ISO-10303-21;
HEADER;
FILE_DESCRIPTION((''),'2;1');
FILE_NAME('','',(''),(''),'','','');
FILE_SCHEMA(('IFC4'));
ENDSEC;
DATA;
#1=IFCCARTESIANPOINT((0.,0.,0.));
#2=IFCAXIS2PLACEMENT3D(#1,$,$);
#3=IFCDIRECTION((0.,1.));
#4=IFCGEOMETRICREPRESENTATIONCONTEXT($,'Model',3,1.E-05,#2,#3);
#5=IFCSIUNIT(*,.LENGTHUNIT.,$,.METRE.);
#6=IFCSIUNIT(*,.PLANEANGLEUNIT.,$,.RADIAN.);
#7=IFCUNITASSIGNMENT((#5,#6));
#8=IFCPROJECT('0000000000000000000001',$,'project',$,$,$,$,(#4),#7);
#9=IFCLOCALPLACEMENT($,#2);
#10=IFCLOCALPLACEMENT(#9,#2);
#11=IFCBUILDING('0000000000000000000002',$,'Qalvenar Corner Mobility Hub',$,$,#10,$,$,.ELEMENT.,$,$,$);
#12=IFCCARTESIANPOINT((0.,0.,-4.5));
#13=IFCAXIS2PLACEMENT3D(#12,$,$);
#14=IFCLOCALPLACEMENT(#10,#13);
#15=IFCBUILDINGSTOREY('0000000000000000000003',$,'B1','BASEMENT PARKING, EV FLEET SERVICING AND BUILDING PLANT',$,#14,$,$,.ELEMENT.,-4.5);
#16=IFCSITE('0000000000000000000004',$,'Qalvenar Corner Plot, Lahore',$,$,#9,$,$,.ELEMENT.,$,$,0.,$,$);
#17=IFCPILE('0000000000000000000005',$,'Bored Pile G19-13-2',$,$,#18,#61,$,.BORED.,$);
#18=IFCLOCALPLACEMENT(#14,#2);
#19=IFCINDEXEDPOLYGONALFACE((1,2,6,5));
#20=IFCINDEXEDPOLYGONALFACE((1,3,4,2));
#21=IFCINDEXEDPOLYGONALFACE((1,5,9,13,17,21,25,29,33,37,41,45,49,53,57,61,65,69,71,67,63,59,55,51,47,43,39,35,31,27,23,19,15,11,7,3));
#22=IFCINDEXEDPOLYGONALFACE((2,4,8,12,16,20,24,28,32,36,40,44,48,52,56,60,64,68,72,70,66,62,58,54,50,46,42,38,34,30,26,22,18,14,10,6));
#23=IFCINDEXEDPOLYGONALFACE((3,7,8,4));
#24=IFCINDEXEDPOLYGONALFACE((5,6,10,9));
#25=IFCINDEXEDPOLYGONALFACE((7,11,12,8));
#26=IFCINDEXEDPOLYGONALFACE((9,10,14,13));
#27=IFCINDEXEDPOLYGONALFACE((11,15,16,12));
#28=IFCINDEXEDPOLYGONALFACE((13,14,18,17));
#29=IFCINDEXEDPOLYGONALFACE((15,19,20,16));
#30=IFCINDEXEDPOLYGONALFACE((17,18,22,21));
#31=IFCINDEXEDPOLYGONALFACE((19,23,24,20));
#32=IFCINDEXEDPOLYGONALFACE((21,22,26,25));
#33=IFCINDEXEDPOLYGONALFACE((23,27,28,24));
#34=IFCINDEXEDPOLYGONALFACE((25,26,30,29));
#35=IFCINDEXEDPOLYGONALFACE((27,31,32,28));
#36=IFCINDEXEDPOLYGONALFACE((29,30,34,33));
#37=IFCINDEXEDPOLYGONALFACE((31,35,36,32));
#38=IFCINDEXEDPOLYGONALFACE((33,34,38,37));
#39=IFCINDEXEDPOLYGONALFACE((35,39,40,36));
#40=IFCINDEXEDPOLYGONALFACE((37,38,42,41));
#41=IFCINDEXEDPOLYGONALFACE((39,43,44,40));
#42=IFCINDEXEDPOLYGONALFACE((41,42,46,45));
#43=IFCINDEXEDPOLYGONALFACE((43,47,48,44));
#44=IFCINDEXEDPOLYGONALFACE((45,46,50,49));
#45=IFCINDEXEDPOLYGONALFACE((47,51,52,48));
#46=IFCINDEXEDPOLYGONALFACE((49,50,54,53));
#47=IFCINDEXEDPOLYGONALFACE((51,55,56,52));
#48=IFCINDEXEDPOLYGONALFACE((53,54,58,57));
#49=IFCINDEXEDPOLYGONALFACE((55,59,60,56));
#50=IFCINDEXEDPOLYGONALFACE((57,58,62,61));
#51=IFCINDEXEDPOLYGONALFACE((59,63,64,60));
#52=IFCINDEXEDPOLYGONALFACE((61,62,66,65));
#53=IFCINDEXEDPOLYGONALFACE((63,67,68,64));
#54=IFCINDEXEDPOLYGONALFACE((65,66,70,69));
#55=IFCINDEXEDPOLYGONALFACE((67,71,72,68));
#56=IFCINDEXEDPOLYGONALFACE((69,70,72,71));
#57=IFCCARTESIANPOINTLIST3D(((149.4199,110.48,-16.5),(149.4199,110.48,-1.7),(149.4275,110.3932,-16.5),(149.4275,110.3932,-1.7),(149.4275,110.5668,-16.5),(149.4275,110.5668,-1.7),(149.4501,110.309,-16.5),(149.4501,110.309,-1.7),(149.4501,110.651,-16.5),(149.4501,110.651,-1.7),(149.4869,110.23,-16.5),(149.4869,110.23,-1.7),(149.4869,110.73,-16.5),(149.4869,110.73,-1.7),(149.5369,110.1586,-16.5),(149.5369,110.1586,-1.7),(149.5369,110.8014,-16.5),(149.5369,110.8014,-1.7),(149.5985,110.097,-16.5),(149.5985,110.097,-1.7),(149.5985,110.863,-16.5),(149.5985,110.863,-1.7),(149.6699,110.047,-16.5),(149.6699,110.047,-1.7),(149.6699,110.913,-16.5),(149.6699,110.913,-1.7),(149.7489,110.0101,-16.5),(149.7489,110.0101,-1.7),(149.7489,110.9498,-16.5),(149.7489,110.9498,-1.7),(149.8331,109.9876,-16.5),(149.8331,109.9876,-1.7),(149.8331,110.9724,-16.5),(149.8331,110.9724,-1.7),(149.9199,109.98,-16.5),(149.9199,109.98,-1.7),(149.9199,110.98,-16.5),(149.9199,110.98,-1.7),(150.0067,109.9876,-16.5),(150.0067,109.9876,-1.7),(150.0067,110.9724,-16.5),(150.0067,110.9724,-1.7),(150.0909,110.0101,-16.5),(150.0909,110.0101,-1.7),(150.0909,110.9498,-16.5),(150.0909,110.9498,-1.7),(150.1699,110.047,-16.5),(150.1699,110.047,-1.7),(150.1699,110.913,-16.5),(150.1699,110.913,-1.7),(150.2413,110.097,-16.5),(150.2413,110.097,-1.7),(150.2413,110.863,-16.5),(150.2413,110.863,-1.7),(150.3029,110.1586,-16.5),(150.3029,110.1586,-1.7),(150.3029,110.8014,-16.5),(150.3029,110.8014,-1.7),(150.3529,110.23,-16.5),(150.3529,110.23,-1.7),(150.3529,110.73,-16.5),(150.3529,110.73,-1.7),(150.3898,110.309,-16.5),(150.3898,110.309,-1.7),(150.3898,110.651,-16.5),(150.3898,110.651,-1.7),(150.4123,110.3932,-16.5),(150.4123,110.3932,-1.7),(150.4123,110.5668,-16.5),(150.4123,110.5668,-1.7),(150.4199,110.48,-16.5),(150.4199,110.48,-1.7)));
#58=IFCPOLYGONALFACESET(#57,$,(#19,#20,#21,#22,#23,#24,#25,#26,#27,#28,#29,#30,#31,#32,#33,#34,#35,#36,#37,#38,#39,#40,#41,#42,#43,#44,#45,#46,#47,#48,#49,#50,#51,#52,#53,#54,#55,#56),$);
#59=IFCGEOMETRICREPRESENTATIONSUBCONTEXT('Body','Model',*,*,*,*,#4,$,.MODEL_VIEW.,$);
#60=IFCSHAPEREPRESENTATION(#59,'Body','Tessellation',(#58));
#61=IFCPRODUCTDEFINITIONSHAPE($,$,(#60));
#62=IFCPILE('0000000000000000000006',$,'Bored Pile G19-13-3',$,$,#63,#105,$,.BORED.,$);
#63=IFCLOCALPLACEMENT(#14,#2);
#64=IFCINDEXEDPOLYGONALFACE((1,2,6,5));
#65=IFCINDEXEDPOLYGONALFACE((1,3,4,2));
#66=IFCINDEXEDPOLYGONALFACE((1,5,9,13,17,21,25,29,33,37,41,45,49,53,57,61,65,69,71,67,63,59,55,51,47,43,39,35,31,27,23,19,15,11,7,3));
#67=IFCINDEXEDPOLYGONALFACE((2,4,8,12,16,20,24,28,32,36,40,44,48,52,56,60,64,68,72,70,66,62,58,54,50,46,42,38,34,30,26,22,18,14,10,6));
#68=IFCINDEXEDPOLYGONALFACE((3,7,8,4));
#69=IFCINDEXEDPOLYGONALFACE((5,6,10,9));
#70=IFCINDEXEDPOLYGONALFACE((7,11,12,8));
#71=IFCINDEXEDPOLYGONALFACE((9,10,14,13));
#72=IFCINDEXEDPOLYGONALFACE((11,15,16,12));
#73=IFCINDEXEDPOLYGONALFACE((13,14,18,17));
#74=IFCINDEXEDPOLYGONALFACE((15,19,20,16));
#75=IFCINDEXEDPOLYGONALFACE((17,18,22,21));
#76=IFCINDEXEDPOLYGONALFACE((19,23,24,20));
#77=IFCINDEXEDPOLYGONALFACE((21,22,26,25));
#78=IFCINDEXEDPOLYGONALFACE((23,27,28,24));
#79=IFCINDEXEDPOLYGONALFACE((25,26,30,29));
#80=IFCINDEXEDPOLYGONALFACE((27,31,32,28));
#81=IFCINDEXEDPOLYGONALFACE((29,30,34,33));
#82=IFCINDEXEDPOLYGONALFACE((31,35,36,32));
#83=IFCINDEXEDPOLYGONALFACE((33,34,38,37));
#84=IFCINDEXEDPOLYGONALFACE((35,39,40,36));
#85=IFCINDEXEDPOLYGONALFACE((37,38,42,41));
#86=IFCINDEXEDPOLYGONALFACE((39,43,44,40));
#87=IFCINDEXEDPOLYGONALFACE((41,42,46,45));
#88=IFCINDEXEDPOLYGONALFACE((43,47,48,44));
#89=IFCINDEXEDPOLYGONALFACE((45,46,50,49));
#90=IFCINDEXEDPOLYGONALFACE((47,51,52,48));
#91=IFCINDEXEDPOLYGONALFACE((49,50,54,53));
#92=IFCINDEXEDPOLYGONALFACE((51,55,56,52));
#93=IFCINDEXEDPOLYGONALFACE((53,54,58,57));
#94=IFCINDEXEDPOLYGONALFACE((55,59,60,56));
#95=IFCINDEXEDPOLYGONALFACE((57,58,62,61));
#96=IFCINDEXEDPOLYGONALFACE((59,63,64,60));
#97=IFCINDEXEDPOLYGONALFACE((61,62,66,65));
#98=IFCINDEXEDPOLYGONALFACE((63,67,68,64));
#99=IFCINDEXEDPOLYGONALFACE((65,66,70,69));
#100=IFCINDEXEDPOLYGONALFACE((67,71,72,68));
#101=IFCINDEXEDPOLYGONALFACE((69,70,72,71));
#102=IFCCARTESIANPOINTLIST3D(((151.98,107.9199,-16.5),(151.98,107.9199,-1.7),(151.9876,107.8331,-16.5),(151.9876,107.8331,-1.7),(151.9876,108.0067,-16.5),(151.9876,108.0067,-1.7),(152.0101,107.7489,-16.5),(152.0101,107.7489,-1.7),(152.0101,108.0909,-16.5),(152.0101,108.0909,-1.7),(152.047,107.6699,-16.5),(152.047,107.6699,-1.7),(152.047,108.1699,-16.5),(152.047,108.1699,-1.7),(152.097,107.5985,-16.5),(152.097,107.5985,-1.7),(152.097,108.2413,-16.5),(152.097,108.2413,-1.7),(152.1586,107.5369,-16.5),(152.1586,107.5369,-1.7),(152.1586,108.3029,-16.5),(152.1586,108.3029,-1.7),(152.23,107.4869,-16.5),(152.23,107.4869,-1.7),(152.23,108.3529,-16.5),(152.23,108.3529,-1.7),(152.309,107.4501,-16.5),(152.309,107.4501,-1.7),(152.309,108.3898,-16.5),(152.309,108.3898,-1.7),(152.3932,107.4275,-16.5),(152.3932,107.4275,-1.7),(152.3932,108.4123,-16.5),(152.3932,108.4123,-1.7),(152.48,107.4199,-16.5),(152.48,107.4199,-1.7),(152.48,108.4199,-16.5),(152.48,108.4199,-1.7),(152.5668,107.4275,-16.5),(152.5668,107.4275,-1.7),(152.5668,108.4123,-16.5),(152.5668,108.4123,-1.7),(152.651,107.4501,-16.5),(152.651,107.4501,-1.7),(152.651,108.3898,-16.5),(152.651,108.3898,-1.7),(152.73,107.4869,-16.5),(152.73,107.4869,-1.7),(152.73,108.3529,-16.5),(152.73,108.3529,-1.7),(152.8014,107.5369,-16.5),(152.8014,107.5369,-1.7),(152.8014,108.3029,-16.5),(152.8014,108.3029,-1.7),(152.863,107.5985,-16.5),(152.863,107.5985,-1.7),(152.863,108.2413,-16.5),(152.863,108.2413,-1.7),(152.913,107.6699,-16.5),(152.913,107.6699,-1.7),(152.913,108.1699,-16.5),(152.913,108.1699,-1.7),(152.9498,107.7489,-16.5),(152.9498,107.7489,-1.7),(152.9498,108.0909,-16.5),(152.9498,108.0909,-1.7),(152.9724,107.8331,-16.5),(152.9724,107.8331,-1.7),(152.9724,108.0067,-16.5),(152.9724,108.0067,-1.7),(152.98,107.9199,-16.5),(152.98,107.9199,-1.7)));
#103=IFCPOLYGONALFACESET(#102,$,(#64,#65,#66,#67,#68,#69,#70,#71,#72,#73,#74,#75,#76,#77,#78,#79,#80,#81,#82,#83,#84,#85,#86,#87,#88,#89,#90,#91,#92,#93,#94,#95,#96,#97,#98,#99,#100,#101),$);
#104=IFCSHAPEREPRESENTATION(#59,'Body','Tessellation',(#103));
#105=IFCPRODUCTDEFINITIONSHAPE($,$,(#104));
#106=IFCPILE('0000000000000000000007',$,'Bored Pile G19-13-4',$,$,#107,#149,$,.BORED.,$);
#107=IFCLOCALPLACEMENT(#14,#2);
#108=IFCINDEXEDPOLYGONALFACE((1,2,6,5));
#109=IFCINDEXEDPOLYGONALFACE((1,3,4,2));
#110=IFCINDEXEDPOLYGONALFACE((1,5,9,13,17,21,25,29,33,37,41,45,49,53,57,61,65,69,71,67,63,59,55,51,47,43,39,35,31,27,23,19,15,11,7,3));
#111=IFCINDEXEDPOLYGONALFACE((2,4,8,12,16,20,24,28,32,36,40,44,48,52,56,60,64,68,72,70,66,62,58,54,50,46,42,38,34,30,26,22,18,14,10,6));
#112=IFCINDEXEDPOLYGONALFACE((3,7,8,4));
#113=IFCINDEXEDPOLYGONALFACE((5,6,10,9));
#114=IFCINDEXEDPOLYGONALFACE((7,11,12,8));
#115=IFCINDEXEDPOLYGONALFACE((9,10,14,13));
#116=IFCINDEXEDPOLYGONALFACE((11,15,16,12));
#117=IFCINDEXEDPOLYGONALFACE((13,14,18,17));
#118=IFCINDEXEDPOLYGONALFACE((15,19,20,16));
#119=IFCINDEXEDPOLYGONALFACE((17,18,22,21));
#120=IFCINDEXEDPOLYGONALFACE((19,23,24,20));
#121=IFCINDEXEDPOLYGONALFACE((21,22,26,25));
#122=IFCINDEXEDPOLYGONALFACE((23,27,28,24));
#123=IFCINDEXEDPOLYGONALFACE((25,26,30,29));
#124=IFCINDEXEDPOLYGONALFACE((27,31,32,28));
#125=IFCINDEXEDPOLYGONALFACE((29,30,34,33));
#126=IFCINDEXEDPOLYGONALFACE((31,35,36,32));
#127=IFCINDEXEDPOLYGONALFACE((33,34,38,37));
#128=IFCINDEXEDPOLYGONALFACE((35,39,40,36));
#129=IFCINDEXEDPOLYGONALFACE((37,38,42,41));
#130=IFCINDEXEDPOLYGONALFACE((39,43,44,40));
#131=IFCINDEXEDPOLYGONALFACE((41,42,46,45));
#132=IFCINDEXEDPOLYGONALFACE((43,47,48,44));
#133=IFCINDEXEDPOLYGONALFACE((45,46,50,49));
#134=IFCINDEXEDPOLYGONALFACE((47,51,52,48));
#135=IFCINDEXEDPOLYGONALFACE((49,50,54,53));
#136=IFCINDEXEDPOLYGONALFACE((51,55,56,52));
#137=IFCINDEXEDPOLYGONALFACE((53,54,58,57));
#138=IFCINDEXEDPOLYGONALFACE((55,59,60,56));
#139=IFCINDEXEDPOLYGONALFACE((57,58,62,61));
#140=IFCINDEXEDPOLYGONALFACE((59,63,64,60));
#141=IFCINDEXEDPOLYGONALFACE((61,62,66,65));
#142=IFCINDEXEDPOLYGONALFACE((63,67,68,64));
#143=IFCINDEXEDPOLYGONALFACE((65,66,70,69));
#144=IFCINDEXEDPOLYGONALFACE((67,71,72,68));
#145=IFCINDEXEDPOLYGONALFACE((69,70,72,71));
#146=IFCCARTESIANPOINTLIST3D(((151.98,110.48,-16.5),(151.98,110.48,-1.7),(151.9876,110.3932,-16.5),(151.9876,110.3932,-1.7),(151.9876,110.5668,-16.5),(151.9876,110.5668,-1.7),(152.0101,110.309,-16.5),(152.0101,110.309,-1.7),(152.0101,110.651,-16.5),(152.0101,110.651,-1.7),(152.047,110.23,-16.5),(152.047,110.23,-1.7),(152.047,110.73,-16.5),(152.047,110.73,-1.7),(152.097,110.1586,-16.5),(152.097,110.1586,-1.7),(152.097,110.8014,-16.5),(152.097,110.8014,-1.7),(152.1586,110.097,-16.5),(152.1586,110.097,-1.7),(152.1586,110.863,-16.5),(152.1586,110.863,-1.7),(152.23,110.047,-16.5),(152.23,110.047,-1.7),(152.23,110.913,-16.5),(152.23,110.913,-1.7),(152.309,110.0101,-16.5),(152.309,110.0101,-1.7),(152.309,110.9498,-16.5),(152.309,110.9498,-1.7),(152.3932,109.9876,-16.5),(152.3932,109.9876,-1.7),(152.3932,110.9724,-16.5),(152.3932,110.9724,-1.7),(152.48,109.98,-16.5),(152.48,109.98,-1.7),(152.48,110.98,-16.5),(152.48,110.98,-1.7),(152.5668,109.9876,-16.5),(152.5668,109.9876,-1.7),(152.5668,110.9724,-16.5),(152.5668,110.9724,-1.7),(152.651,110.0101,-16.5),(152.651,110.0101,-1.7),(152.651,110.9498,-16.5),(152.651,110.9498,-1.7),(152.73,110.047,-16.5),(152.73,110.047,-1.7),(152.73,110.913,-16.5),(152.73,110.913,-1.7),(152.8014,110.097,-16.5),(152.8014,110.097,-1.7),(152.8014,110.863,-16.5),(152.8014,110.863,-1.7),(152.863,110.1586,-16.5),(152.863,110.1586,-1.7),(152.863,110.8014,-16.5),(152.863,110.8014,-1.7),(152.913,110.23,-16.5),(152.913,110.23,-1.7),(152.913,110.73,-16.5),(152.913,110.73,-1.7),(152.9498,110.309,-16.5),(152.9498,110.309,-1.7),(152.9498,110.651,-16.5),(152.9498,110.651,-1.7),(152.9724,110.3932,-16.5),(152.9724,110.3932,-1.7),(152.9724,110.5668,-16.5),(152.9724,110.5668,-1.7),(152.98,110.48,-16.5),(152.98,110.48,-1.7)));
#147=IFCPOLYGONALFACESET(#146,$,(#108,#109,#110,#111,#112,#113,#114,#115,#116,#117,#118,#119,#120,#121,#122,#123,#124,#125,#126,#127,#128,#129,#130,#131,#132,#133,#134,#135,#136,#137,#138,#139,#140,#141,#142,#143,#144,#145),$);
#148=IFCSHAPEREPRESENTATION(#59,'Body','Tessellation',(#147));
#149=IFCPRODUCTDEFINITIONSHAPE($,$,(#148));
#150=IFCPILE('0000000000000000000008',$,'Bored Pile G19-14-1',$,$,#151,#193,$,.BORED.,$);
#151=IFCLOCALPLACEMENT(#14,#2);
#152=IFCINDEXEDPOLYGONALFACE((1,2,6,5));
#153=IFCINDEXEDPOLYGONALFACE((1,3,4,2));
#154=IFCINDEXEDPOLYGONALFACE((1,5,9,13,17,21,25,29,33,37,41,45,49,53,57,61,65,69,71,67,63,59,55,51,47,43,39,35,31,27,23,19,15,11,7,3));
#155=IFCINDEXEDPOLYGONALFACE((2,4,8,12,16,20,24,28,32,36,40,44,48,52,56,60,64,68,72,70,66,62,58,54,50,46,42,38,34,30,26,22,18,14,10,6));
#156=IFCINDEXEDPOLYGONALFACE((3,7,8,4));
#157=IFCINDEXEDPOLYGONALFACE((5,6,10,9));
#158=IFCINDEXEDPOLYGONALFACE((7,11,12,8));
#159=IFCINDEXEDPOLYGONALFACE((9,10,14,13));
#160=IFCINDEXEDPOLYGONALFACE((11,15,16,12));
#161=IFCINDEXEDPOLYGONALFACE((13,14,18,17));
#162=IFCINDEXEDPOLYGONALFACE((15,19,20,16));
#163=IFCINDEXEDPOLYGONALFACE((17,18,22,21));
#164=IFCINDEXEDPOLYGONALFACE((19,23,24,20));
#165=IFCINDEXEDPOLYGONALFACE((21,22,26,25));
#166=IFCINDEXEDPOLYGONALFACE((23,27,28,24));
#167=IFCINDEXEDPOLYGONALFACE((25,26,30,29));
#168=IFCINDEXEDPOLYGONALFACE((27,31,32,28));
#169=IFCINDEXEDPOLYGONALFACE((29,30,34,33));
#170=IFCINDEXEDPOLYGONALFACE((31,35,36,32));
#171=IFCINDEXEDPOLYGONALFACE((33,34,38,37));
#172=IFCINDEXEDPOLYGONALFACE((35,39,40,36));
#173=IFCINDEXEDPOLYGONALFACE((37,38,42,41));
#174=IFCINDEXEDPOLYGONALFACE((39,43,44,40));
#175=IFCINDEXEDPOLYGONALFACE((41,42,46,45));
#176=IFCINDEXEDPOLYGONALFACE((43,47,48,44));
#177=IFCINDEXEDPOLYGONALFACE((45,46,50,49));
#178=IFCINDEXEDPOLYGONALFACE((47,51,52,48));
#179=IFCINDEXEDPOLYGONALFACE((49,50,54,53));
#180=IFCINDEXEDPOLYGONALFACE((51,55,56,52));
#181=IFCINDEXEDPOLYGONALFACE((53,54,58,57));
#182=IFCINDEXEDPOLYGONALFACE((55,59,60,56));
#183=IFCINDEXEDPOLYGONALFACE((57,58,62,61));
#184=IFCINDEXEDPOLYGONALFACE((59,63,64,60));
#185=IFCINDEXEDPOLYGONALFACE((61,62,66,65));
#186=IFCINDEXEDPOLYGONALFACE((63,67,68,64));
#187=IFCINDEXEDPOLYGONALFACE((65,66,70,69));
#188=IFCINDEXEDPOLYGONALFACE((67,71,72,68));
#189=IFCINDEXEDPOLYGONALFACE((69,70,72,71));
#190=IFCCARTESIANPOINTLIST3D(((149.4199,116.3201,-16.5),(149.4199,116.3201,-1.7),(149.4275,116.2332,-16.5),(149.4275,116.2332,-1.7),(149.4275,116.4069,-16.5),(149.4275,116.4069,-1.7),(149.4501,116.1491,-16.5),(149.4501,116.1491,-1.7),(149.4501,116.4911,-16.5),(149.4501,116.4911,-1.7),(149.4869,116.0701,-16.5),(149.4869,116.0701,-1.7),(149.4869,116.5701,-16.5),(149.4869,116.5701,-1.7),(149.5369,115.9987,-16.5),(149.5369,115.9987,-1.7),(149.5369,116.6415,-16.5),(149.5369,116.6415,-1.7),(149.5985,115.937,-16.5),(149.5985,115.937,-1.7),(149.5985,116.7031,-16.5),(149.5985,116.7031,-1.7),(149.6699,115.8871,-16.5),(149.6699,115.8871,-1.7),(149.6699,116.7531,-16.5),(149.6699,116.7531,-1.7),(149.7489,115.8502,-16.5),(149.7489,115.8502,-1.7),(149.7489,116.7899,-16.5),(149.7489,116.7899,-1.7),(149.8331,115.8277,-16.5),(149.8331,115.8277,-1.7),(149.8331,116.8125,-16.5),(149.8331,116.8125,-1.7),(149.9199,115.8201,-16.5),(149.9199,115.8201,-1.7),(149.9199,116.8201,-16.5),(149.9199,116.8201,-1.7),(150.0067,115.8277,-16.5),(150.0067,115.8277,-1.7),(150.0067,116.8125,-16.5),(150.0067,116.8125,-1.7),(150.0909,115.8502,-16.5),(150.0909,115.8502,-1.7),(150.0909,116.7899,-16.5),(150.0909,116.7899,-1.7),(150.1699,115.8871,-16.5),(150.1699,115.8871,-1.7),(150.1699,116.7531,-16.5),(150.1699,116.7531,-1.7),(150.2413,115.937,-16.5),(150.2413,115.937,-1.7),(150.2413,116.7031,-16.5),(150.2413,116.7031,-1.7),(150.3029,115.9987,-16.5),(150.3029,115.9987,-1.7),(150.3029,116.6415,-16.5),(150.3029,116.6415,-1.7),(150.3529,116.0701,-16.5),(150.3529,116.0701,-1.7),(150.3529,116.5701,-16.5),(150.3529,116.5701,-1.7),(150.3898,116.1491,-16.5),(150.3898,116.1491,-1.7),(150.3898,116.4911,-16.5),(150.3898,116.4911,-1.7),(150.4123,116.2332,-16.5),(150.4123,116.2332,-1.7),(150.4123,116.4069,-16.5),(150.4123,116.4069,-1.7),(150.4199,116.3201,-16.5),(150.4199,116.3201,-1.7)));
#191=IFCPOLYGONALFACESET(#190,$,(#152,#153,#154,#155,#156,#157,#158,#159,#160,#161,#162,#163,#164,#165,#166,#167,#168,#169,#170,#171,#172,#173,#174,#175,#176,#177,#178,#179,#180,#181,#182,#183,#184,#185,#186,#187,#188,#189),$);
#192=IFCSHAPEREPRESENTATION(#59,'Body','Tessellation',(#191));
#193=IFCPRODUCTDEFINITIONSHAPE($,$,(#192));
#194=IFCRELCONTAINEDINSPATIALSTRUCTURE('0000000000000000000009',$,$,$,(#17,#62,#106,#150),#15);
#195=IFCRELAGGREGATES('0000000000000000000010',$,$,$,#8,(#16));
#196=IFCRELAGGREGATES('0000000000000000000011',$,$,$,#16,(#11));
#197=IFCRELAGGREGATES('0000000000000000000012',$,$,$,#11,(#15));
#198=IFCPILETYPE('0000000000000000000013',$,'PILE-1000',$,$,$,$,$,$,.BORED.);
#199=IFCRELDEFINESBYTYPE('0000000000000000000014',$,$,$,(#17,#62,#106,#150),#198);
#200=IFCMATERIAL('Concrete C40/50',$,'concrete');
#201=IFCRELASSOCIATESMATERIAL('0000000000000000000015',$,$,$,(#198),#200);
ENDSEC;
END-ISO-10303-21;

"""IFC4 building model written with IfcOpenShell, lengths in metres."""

from ifc_helpers import new_model, si_unit, direction, frame, origin, origin_2d, place, context, subcontext, project, spatial, circle, extrude, material, material_profile, profile_set, type_object, element, save


model = new_model("IFC4")

# Units and contexts
model_context = context("Model", 3, precision=1e-05, world=origin(), true_north=direction((0.0, 1.0)))
body_context = subcontext(model_context, "Body", "Model", "MODEL_VIEW")
ifc_project = project(units=[si_unit("LENGTHUNIT", "METRE"), si_unit("PLANEANGLEUNIT", "RADIAN")], contexts=[model_context])

# Site, building, storey
site_placement = place(None, origin())
site = spatial("IfcSite", under=ifc_project, at=site_placement, Name="Qalvenar Corner Plot, Lahore", CompositionType="ELEMENT", RefElevation=0.0)
building_placement = place(site_placement, origin())
building = spatial("IfcBuilding", under=site, at=building_placement, Name="Qalvenar Corner Mobility Hub", CompositionType="ELEMENT")
storey_placement = place(building_placement, frame((0.0, 0.0, -4.5)))
storey = spatial("IfcBuildingStorey", under=building, at=storey_placement, Name="B1", Description="BASEMENT PARKING, EV FLEET SERVICING AND BUILDING PLANT", CompositionType="ELEMENT", Elevation=-4.5)

# Shared definitions
ifc_material_1 = material(Name="Concrete C40/50", Category="concrete")

# Piles
ifc_material_profile_1 = material_profile(ifc_material_1, circle(Radius=0.5, at=origin_2d()), Name="DIA1000")
ifc_profile_set_1 = profile_set([ifc_material_profile_1], Name="Concrete C40/50")
pile_type = type_object("IfcPileType", Name="PILE-1000", PredefinedType="BORED", material=ifc_profile_set_1)
for number, where, z_axis, x_axis, name in (
    (1, (149.9199, 110.48, -1.7), (0.0, 0.0, -1.0), (1.0, 0.0, 0.0), "Bored Pile G19-13-2"),
    (2, (152.48, 107.9199, -1.7), (0.0, 0.0, -1.0), (1.0, 0.0, 0.0), "Bored Pile G19-13-3"),
    (3, (152.48, 110.48, -1.7), (0.0, 0.0, -1.0), (1.0, 0.0, 0.0), "Bored Pile G19-13-4"),
    (4, (149.9199, 116.3201, -1.7), (0.0, 0.0, -1.0), (1.0, 0.0, 0.0), "Bored Pile G19-14-1"),
):
    element("IfcPile", number, at=place(storey_placement, frame(where, z_axis=z_axis, x_axis=x_axis)), inside=storey, type_object=pile_type, Name=name, PredefinedType="BORED", context=body_context, shape_type="SweptSolid", body=[
        extrude(circle(Radius=0.5, at=origin_2d()), origin(), (0.0, 0.0, 1.0), 14.8),
    ])

save(model, "model.ifc")
